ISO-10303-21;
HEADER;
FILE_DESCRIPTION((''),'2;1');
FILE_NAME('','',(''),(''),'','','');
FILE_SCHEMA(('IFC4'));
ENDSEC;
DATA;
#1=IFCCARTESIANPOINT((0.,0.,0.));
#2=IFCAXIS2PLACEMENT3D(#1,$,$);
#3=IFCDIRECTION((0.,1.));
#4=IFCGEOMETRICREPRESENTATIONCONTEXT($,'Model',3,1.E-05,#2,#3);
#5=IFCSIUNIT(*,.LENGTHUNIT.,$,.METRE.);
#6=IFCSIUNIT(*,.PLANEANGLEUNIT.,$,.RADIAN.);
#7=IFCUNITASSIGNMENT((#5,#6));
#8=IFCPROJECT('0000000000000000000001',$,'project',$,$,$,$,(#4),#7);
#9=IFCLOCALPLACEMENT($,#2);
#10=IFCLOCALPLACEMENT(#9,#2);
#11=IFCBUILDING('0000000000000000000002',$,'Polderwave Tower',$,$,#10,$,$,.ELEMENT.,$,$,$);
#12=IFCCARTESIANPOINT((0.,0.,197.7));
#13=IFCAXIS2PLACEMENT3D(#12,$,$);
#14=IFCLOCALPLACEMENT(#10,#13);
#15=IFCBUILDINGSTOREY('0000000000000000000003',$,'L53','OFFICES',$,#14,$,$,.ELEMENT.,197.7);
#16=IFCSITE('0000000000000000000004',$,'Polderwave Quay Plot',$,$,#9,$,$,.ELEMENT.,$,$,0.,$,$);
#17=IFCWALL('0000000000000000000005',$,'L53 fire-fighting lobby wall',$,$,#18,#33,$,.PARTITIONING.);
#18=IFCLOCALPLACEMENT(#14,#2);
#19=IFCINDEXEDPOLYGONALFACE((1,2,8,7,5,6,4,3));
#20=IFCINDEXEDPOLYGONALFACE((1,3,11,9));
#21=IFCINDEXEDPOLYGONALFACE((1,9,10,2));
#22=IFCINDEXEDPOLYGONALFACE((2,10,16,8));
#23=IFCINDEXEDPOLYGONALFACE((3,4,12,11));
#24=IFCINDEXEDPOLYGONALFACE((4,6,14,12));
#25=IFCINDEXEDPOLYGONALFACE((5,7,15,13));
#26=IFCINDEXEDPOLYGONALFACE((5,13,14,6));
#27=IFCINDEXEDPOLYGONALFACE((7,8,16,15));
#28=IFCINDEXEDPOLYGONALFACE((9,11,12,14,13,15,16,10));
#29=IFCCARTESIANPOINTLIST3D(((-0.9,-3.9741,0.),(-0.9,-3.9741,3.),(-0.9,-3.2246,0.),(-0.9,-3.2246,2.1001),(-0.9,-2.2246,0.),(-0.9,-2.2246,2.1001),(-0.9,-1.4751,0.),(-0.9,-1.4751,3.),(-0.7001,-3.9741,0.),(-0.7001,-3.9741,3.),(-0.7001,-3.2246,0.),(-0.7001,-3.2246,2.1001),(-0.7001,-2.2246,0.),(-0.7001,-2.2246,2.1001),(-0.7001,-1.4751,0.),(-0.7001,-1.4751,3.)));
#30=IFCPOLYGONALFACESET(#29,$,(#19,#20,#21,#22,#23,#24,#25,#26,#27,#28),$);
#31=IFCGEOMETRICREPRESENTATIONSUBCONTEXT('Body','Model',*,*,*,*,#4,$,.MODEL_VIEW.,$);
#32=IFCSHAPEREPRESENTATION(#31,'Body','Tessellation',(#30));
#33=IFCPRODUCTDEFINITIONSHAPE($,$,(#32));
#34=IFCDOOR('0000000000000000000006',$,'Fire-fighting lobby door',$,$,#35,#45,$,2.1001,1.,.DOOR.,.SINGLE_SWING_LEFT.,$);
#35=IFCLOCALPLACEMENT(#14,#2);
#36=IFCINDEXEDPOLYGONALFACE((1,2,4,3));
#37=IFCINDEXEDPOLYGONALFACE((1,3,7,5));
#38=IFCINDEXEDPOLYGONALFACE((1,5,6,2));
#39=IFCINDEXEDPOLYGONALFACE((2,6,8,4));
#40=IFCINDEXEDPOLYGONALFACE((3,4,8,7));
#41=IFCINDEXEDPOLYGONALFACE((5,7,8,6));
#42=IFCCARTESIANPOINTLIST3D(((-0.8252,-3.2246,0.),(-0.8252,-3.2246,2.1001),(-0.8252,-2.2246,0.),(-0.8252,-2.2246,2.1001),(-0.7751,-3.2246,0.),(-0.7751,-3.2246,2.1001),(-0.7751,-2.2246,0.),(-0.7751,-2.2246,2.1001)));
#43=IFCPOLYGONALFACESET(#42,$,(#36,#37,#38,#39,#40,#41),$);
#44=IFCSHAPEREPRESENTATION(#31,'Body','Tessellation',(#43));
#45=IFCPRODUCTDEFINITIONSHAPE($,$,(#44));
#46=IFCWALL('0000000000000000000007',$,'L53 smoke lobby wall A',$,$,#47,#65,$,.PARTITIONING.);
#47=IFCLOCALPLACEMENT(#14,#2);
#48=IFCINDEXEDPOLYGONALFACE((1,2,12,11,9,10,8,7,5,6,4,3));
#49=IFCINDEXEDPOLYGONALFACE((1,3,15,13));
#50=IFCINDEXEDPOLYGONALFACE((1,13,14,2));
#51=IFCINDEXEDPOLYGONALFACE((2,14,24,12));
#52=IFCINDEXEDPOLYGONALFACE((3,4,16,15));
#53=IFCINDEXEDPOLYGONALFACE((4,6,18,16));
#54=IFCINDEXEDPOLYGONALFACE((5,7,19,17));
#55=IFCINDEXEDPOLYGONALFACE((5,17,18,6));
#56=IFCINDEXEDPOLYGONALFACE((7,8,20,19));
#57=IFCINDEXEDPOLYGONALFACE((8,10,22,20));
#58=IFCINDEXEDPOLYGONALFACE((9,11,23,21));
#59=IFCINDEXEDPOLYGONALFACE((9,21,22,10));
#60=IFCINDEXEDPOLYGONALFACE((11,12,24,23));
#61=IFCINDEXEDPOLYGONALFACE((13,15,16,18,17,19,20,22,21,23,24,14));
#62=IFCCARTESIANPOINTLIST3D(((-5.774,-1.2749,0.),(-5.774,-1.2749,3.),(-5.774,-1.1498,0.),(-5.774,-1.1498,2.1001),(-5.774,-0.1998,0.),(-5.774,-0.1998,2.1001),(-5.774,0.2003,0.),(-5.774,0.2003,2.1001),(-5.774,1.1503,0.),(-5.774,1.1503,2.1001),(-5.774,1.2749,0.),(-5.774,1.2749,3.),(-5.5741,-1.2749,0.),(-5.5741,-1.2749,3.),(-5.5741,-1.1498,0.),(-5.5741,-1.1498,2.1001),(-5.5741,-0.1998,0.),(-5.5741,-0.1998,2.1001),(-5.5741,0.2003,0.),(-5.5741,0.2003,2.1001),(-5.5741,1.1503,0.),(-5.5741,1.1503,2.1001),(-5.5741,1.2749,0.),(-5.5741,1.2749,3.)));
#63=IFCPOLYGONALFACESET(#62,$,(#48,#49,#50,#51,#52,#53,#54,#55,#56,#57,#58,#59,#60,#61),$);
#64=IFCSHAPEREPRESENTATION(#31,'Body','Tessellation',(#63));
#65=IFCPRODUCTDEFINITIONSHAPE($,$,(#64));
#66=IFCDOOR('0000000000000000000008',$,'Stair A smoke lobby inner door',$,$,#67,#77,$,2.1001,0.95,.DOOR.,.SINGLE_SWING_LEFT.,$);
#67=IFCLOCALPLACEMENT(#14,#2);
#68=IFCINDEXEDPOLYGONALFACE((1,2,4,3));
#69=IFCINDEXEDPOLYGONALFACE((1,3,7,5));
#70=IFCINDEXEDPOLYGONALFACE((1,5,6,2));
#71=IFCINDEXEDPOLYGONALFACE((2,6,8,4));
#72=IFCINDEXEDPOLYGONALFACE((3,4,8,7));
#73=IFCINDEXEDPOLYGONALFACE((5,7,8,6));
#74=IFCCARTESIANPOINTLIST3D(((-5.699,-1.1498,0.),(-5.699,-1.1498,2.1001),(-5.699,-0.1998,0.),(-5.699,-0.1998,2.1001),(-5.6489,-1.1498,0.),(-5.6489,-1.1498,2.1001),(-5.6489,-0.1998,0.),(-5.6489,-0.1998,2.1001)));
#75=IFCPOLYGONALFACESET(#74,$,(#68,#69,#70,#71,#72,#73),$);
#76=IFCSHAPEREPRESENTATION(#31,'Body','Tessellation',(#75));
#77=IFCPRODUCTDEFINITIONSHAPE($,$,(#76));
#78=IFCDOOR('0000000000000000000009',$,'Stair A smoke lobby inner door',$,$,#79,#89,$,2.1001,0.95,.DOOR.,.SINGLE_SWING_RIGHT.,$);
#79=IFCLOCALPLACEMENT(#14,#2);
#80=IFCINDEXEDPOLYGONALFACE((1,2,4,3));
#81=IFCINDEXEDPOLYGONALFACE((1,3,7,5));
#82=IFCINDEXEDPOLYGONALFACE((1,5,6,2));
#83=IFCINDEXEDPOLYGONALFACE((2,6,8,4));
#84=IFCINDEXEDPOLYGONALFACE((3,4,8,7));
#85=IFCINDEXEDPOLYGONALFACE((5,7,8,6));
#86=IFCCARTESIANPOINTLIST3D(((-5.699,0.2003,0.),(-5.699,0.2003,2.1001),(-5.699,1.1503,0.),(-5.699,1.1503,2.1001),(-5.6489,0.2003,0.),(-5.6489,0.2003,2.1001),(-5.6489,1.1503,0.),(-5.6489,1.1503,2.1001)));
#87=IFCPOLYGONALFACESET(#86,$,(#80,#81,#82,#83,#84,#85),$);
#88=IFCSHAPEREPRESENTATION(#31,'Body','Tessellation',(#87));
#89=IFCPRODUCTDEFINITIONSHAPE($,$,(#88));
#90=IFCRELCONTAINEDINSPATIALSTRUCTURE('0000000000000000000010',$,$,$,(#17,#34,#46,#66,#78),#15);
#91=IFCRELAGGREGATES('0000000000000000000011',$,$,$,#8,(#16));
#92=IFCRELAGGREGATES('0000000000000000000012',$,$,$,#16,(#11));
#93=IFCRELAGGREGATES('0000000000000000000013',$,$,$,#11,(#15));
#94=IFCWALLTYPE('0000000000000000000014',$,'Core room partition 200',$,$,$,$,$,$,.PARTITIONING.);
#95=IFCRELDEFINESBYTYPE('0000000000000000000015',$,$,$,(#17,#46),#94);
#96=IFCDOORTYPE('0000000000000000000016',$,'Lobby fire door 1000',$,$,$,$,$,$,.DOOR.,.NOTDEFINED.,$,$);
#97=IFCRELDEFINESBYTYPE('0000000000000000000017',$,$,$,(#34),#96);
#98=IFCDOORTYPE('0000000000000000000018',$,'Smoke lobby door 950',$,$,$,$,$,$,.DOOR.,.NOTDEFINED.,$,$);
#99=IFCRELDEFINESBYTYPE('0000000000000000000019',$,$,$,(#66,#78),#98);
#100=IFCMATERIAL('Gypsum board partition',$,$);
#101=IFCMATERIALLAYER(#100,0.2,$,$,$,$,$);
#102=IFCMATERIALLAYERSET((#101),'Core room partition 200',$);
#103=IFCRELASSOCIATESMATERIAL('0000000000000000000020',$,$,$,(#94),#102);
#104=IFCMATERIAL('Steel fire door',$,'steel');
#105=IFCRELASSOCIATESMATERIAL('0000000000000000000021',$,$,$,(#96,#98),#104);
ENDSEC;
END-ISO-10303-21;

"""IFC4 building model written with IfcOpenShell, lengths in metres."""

from ifc_helpers import new_model, si_unit, direction, frame, frame_2d, origin, place, context, subcontext, project, spatial, rectangle, extrude, material, layer, layer_set, type_object, element, fill, save


model = new_model("IFC4")

# Units and contexts
model_context = context("Model", 3, precision=1e-05, world=origin(), true_north=direction((0.0, 1.0)))
body_context = subcontext(model_context, "Body", "Model", "MODEL_VIEW")
ifc_project = project(units=[si_unit("LENGTHUNIT", "METRE"), si_unit("PLANEANGLEUNIT", "RADIAN")], contexts=[model_context])

# Site, building, storey
site_placement = place(None, origin())
site = spatial("IfcSite", under=ifc_project, at=site_placement, Name="Polderwave Quay Plot", CompositionType="ELEMENT", RefElevation=0.0)
building_placement = place(site_placement, origin())
building = spatial("IfcBuilding", under=site, at=building_placement, Name="Polderwave Tower", CompositionType="ELEMENT")
storey_placement = place(building_placement, frame((0.0, 0.0, 197.7)))
storey = spatial("IfcBuildingStorey", under=building, at=storey_placement, Name="L53", Description="OFFICES", CompositionType="ELEMENT", Elevation=197.7)

# Wall, opening, door
ifc_material_1 = material(Name="Gypsum board partition")
ifc_layer_1 = layer(ifc_material_1, 0.2)
ifc_layer_set_1 = layer_set([ifc_layer_1], Name="Core room partition 200")
wall_type_1 = type_object("IfcWallType", Name="Core room partition 200", PredefinedType="PARTITIONING", material=ifc_layer_set_1)
wall_1_placement = place(storey_placement, frame((-0.8, -3.9741, 0.0), z_axis=(0.0, 0.0, 1.0), x_axis=(0.0, 1.0, 0.0)))
wall_1 = element("IfcWall", 1, at=wall_1_placement, inside=storey, type_object=wall_type_1, Name="L53 fire-fighting lobby wall", PredefinedType="PARTITIONING", context=body_context, shape_type="SweptSolid", body=[
    extrude(rectangle(XDim=2.499, YDim=0.2, at=frame_2d((1.2495, 0.0))), origin(), (0.0, 0.0, 1.0), 3.0),
])
opening_1_placement = place(wall_1_placement, frame((0.7495, 0.0, 0.0)))
opening_1 = element("IfcOpeningElement", 2, at=opening_1_placement, cuts=wall_1, PredefinedType="OPENING", context=body_context, shape_type="SweptSolid", body=[
    extrude(rectangle(XDim=1.0, YDim=2.1001, at=frame_2d((0.5, 1.05))), frame((0.0, 0.1099, 0.0), z_axis=(0.0, -1.0, 0.0), x_axis=(1.0, 0.0, 0.0)), (0.0, 0.0, 1.0), 0.22),
])
ifc_material_2 = material(Name="Steel fire door", Category="steel")
door_type_1 = type_object("IfcDoorType", Name="Lobby fire door 1000", OperationType="NOTDEFINED", PredefinedType="DOOR", material=ifc_material_2)
door_1_placement = place(opening_1_placement, frame((1.0, 0.0, 0.0), z_axis=(0.0, 0.0, 1.0), x_axis=(-1.0, 0.0, 0.0)))
door_1 = element("IfcDoor", 3, at=door_1_placement, inside=storey, type_object=door_type_1, Name="Fire-fighting lobby door", OperationType="SINGLE_SWING_LEFT", OverallHeight=2.1001, OverallWidth=1.0, PredefinedType="DOOR", context=body_context, shape_type="SweptSolid", body=[
    extrude(rectangle(XDim=1.0, YDim=2.1001, at=frame_2d((0.5, 1.05))), frame((0.0, 0.0249, 0.0), z_axis=(0.0, -1.0, 0.0), x_axis=(1.0, 0.0, 0.0)), (0.0, 0.0, 1.0), 0.05),
])
fill(opening_1, door_1)

# Wall, openings, doors
wall_2_placement = place(storey_placement, frame((-5.6741, -1.2749, 0.0), z_axis=(0.0, 0.0, 1.0), x_axis=(0.0, 1.0, 0.0)))
wall_2 = element("IfcWall", 4, at=wall_2_placement, inside=storey, type_object=wall_type_1, Name="L53 smoke lobby wall A", PredefinedType="PARTITIONING", context=body_context, shape_type="SweptSolid", body=[
    extrude(rectangle(XDim=2.5498, YDim=0.2, at=frame_2d((1.2749, 0.0))), origin(), (0.0, 0.0, 1.0), 3.0),
])
opening_2_placement = place(wall_2_placement, frame((0.125, 0.0, 0.0)))
opening_2 = element("IfcOpeningElement", 5, at=opening_2_placement, cuts=wall_2, PredefinedType="OPENING", context=body_context, shape_type="SweptSolid", body=[
    extrude(rectangle(XDim=0.95, YDim=2.1001, at=frame_2d((0.4751, 1.05))), frame((0.0, 0.1099, 0.0), z_axis=(0.0, -1.0, 0.0), x_axis=(1.0, 0.0, 0.0)), (0.0, 0.0, 1.0), 0.22),
])
opening_3_placement = place(wall_2_placement, frame((1.4751, 0.0, 0.0)))
opening_3 = element("IfcOpeningElement", 6, at=opening_3_placement, cuts=wall_2, PredefinedType="OPENING", context=body_context, shape_type="SweptSolid", body=[
    extrude(rectangle(XDim=0.95, YDim=2.1001, at=frame_2d((0.4751, 1.05))), frame((0.0, 0.1099, 0.0), z_axis=(0.0, -1.0, 0.0), x_axis=(1.0, 0.0, 0.0)), (0.0, 0.0, 1.0), 0.22),
])
door_type_2 = type_object("IfcDoorType", Name="Smoke lobby door 950", OperationType="NOTDEFINED", PredefinedType="DOOR", material=ifc_material_2)
door_2_placement = place(opening_2_placement, origin())
door_2 = element("IfcDoor", 7, at=door_2_placement, inside=storey, type_object=door_type_2, Name="Stair A smoke lobby inner door", OperationType="SINGLE_SWING_LEFT", OverallHeight=2.1001, OverallWidth=0.95, PredefinedType="DOOR", context=body_context, shape_type="SweptSolid", body=[
    extrude(rectangle(XDim=0.95, YDim=2.1001, at=frame_2d((0.4751, 1.05))), frame((0.0, 0.0249, 0.0), z_axis=(0.0, -1.0, 0.0), x_axis=(1.0, 0.0, 0.0)), (0.0, 0.0, 1.0), 0.05),
])
fill(opening_2, door_2)
door_3_placement = place(opening_3_placement, origin())
door_3 = element("IfcDoor", 8, at=door_3_placement, inside=storey, type_object=door_type_2, Name="Stair A smoke lobby inner door", OperationType="SINGLE_SWING_RIGHT", OverallHeight=2.1001, OverallWidth=0.95, PredefinedType="DOOR", context=body_context, shape_type="SweptSolid", body=[
    extrude(rectangle(XDim=0.95, YDim=2.1001, at=frame_2d((0.4751, 1.05))), frame((0.0, 0.0249, 0.0), z_axis=(0.0, -1.0, 0.0), x_axis=(1.0, 0.0, 0.0)), (0.0, 0.0, 1.0), 0.05),
])
fill(opening_3, door_3)

save(model, "model.ifc")
